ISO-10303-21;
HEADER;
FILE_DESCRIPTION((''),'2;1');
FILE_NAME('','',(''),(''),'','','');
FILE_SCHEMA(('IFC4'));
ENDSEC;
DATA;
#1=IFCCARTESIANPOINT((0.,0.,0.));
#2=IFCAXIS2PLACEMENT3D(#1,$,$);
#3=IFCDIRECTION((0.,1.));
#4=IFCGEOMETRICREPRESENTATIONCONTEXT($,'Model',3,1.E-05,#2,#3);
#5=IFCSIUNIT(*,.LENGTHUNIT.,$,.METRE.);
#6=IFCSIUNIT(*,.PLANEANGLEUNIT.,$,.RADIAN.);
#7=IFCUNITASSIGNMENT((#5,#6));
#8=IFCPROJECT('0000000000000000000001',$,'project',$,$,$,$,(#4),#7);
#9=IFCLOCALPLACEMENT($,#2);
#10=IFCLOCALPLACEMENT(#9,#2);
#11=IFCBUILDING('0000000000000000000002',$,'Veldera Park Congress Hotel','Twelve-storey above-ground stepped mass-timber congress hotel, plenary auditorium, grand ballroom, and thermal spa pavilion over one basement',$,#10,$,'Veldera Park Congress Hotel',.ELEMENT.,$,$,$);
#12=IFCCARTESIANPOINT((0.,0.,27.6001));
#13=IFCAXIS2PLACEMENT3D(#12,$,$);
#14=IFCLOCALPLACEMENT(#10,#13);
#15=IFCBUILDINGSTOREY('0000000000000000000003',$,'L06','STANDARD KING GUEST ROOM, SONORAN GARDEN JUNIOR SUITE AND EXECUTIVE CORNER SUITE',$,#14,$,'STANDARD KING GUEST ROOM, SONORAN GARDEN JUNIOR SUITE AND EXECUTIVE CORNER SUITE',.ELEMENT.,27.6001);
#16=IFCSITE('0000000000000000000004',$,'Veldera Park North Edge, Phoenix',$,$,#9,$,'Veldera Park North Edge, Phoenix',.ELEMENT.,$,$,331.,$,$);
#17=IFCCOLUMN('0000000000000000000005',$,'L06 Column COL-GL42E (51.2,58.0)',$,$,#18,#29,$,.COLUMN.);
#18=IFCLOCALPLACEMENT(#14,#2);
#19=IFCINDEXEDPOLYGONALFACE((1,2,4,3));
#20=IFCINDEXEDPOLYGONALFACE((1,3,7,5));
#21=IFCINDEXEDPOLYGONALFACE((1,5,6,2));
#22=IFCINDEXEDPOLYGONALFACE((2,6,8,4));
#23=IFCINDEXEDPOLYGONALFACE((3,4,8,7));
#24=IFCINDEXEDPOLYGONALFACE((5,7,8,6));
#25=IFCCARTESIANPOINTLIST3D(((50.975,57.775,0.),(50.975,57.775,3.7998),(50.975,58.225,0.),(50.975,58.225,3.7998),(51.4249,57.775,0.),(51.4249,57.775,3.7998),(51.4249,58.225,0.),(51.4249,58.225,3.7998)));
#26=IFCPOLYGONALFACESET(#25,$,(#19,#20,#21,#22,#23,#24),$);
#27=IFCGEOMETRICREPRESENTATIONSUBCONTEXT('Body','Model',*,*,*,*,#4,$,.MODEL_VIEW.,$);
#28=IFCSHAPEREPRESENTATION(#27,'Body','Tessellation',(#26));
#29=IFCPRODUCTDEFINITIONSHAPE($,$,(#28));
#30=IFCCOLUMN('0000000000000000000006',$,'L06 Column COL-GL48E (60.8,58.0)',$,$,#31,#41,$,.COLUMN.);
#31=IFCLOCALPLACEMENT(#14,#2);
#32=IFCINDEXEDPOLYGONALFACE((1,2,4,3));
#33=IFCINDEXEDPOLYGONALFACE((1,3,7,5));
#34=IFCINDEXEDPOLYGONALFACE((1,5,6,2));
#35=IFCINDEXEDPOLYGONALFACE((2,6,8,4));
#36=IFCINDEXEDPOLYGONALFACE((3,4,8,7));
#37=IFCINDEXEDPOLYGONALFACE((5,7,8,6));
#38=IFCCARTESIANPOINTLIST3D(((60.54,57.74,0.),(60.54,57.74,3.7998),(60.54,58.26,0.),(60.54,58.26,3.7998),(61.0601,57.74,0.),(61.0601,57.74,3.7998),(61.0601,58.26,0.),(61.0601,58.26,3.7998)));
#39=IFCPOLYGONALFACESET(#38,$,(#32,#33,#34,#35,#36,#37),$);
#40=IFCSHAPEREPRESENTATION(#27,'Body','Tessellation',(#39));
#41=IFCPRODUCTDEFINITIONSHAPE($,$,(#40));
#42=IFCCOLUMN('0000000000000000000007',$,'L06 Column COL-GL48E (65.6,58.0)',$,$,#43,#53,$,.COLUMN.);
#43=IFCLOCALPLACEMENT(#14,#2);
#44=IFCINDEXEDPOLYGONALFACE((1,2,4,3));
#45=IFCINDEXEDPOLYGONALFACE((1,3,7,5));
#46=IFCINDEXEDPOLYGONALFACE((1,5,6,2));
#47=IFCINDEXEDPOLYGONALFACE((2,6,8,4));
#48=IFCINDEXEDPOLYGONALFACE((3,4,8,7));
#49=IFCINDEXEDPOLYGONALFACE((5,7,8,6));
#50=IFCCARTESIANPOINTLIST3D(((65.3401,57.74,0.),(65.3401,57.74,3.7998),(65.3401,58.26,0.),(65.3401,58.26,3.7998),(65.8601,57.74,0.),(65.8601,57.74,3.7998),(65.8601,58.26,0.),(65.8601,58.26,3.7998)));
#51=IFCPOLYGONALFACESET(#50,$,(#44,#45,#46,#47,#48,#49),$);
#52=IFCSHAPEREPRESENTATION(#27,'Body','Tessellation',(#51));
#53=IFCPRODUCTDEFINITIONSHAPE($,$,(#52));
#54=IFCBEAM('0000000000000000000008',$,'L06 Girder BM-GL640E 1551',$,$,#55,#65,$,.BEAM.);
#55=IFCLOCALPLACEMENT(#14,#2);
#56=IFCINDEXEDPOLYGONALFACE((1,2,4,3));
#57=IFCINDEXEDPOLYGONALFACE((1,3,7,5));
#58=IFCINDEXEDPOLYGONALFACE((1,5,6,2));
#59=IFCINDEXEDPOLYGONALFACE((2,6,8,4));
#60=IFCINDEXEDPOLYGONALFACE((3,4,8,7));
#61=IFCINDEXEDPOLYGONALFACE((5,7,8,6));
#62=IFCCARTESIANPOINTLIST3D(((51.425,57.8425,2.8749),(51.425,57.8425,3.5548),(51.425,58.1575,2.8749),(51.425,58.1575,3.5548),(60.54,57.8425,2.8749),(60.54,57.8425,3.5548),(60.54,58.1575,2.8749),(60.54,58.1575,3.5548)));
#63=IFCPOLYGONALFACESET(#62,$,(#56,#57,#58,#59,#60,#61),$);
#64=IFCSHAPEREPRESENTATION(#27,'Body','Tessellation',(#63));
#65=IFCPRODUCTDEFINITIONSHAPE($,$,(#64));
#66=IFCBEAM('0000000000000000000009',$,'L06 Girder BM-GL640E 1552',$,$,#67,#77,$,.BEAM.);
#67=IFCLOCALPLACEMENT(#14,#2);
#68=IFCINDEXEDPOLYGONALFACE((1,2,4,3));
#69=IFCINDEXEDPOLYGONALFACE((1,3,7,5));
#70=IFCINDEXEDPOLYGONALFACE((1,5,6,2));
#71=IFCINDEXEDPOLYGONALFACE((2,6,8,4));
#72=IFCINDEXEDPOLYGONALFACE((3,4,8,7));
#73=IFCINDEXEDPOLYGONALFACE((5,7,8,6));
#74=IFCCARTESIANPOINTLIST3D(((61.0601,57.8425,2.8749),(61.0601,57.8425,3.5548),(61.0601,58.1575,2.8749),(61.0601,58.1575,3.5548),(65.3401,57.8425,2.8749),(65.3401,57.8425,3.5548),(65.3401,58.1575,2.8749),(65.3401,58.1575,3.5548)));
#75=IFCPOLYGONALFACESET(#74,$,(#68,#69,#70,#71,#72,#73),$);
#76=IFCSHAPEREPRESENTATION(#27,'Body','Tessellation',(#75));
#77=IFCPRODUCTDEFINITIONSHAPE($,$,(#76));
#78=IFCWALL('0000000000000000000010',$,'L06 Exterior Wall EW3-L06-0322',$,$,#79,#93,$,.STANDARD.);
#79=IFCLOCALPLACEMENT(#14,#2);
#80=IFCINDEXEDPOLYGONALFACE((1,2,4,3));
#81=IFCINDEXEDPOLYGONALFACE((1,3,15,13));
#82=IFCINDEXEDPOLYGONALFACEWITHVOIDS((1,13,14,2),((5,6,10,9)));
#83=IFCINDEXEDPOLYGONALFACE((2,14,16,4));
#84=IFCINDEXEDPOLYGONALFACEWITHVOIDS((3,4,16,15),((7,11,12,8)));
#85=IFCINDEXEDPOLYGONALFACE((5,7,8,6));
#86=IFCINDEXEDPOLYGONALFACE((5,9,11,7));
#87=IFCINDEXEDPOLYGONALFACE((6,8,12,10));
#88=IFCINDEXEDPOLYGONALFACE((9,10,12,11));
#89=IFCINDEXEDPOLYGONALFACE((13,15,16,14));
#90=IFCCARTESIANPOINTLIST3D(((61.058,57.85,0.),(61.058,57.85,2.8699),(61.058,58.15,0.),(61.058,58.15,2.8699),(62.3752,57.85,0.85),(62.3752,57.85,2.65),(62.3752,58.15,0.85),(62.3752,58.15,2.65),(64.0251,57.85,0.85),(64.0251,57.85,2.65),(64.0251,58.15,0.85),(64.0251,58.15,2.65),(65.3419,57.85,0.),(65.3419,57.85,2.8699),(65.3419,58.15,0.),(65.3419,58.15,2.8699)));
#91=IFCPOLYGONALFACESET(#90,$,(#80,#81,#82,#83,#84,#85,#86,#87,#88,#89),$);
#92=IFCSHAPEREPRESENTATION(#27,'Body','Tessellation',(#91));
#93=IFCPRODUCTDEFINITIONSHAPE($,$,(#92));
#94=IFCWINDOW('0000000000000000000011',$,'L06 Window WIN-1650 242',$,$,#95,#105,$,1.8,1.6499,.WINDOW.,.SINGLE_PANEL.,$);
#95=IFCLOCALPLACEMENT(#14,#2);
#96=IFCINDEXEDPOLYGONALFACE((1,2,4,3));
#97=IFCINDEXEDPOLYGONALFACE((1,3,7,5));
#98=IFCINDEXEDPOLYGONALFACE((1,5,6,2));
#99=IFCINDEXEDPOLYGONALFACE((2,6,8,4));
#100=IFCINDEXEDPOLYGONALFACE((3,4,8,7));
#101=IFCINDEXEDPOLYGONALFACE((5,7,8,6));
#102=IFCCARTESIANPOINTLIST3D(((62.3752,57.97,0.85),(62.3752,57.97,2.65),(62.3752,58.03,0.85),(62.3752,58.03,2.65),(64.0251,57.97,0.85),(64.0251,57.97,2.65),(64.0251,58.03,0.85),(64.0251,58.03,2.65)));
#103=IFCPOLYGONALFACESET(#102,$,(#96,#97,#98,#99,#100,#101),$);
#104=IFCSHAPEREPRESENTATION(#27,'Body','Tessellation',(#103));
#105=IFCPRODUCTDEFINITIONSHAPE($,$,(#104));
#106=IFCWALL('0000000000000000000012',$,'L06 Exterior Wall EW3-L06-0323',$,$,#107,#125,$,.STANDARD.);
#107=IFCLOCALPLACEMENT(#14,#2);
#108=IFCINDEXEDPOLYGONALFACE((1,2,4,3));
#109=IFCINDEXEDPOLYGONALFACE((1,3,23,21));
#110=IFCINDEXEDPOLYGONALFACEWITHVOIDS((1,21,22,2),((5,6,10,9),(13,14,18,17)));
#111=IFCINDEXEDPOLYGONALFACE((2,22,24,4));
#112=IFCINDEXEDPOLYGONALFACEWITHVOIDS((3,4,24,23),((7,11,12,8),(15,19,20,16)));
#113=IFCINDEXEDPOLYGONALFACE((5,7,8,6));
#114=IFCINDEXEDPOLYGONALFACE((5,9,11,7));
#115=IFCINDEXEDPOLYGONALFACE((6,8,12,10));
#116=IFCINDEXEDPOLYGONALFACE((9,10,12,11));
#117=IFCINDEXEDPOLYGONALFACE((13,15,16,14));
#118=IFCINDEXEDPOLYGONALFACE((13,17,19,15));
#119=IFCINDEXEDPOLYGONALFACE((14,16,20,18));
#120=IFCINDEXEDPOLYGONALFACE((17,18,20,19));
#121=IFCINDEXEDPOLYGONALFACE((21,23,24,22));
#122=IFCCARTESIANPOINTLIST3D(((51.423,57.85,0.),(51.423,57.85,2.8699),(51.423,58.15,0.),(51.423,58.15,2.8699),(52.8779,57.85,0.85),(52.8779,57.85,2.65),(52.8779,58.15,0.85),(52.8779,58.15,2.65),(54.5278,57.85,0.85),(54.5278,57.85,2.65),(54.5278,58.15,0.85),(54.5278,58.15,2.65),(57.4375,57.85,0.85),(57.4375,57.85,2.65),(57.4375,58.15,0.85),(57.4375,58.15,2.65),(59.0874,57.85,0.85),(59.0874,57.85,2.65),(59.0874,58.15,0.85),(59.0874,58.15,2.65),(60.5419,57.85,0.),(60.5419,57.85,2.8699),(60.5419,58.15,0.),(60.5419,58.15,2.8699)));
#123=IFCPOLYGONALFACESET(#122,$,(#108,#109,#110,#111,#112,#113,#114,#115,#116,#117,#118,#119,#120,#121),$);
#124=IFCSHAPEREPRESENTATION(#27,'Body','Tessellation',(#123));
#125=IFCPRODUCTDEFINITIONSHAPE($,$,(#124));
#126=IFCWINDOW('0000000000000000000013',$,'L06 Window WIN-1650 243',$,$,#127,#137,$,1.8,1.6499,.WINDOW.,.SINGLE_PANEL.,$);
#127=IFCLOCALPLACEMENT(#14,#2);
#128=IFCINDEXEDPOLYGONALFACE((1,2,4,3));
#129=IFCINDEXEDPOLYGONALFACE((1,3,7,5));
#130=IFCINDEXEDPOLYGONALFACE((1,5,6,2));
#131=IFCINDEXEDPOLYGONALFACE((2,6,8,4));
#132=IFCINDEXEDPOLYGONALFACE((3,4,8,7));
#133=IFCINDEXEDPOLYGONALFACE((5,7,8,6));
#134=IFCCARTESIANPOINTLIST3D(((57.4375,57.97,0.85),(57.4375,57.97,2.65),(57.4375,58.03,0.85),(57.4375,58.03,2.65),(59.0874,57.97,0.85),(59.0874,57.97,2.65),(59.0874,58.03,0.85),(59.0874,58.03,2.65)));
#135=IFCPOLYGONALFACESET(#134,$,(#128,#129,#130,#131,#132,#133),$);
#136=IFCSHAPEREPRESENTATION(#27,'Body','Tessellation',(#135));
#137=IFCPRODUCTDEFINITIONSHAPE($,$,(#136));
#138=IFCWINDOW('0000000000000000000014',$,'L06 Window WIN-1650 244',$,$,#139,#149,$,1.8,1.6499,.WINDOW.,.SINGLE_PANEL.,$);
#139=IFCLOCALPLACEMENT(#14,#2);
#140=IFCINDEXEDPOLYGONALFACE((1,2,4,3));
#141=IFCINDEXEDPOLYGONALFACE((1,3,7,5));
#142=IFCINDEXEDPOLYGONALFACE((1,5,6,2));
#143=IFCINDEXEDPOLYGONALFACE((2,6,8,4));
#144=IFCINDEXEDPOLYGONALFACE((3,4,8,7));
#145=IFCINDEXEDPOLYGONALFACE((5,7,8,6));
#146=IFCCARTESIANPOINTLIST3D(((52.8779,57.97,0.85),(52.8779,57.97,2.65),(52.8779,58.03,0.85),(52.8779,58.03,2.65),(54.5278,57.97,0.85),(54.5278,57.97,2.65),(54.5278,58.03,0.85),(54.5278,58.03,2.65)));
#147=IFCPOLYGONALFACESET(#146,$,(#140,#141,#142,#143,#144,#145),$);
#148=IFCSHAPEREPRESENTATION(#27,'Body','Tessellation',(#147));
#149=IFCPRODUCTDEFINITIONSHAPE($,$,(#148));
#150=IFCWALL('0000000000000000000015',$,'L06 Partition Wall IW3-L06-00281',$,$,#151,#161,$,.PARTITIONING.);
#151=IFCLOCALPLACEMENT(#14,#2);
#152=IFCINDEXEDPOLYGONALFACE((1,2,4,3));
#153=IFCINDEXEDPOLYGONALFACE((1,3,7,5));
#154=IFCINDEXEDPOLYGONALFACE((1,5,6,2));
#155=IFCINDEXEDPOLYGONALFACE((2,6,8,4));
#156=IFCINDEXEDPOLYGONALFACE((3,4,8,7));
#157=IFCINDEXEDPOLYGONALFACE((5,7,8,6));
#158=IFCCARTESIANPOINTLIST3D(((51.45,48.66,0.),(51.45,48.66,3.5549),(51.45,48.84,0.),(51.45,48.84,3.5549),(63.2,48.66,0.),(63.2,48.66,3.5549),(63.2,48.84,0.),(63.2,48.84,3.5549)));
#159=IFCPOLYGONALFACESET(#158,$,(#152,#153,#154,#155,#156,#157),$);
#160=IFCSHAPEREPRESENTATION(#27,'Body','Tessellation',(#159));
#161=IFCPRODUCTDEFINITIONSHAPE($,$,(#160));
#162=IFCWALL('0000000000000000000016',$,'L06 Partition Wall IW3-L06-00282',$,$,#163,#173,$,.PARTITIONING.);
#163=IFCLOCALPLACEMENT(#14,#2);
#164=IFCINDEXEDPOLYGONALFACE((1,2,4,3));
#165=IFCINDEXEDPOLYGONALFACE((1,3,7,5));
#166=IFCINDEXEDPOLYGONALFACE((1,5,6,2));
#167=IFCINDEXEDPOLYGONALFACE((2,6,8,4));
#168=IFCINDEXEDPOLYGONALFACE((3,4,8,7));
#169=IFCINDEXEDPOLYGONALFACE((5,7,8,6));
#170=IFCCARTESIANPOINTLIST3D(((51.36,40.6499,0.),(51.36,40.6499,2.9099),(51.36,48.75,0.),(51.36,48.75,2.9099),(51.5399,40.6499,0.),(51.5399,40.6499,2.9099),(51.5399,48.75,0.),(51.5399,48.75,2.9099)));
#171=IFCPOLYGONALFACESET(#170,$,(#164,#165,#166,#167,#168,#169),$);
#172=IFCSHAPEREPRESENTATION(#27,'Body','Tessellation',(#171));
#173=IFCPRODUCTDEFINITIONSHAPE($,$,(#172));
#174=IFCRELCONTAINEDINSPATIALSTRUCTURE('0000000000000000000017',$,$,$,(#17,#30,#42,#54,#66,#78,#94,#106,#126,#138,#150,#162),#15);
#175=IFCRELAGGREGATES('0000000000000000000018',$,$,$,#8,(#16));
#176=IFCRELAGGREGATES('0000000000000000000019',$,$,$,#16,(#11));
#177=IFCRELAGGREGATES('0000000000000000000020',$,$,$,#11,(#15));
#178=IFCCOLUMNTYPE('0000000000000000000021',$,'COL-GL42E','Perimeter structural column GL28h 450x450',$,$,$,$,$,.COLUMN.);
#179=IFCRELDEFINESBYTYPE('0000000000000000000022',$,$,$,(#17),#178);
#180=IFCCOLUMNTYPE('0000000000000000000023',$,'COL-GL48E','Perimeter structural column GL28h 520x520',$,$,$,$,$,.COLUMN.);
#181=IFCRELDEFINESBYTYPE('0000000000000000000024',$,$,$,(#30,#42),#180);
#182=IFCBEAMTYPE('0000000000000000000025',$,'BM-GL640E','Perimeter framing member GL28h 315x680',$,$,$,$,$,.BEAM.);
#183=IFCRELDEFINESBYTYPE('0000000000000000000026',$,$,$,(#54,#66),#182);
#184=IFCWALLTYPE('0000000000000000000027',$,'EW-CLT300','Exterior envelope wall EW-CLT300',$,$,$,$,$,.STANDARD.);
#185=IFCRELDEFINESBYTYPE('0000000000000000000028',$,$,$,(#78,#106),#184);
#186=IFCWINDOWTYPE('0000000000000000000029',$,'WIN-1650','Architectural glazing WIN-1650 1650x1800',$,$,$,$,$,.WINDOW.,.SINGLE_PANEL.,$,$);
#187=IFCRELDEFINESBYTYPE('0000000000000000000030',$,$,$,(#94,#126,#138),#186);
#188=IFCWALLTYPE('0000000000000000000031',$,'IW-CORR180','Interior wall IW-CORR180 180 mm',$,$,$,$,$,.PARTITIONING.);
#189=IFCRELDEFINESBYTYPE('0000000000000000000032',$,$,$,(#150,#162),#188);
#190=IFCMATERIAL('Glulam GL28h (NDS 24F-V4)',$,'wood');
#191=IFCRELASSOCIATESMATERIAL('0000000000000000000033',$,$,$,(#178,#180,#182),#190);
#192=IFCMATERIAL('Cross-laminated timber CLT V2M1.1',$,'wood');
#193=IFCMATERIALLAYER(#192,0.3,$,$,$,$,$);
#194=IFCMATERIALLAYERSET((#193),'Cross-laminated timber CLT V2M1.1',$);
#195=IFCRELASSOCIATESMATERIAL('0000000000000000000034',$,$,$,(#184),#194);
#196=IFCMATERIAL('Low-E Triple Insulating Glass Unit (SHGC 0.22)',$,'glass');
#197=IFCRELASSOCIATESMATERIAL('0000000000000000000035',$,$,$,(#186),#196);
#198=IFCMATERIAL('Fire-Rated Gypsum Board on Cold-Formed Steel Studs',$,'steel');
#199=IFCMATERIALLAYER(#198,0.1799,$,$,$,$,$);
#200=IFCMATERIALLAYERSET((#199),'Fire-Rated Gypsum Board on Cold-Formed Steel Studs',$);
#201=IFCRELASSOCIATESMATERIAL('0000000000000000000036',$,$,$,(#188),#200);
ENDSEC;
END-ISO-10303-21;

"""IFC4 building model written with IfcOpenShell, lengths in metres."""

from ifc_helpers import new_model, si_unit, direction, frame, frame_2d, origin, origin_2d, place, context, subcontext, project, spatial, rectangle, extrude, material, layer, layer_set, material_profile, profile_set, type_object, element, fill, save


model = new_model("IFC4")

# Units and contexts
model_context = context("Model", 3, precision=1e-05, world=origin(), true_north=direction((0.0, 1.0)))
body_context = subcontext(model_context, "Body", "Model", "MODEL_VIEW")
ifc_project = project(units=[si_unit("LENGTHUNIT", "METRE"), si_unit("PLANEANGLEUNIT", "RADIAN")], contexts=[model_context])

# Site, building, storey
site_placement = place(None, origin())
site = spatial("IfcSite", under=ifc_project, at=site_placement, Name="Veldera Park North Edge, Phoenix", LongName="Veldera Park North Edge, Phoenix", CompositionType="ELEMENT", RefElevation=331.0)
building_placement = place(site_placement, origin())
building = spatial("IfcBuilding", under=site, at=building_placement, Name="Veldera Park Congress Hotel", Description="Twelve-storey above-ground stepped mass-timber congress hotel, plenary auditorium, grand ballroom, and thermal spa pavilion over one basement", LongName="Veldera Park Congress Hotel", CompositionType="ELEMENT")
storey_placement = place(building_placement, frame((0.0, 0.0, 27.6001)))
storey = spatial("IfcBuildingStorey", under=building, at=storey_placement, Name="L06", Description="STANDARD KING GUEST ROOM, SONORAN GARDEN JUNIOR SUITE AND EXECUTIVE CORNER SUITE", LongName="STANDARD KING GUEST ROOM, SONORAN GARDEN JUNIOR SUITE AND EXECUTIVE CORNER SUITE", CompositionType="ELEMENT", Elevation=27.6001)

# Columns
ifc_material_1 = material(Name="Glulam GL28h (NDS 24F-V4)", Category="wood")
ifc_material_profile_1 = material_profile(ifc_material_1, rectangle(XDim=0.45, YDim=0.45, at=origin_2d()), Name="GL28h 450x450")
ifc_profile_set_1 = profile_set([ifc_material_profile_1], Name="Glulam GL28h (NDS 24F-V4)")
column_type_1 = type_object("IfcColumnType", Name="COL-GL42E", Description="Perimeter structural column GL28h 450x450", PredefinedType="COLUMN", material=ifc_profile_set_1)
column_placement = place(storey_placement, frame((51.2, 58.0, 0.0), z_axis=(0.0, 0.0, 1.0), x_axis=(1.0, 0.0, 0.0)))
element("IfcColumn", 1, at=column_placement, inside=storey, type_object=column_type_1, Name="L06 Column COL-GL42E (51.2,58.0)", PredefinedType="COLUMN", context=body_context, shape_type="SweptSolid", body=[
    extrude(rectangle(XDim=0.45, YDim=0.45, at=origin_2d()), origin(), (0.0, 0.0, 1.0), 3.7998),
])
ifc_material_profile_2 = material_profile(ifc_material_1, rectangle(XDim=0.52, YDim=0.52, at=origin_2d()), Name="GL28h 520x520")
ifc_profile_set_2 = profile_set([ifc_material_profile_2], Name="Glulam GL28h (NDS 24F-V4)")
column_type_2 = type_object("IfcColumnType", Name="COL-GL48E", Description="Perimeter structural column GL28h 520x520", PredefinedType="COLUMN", material=ifc_profile_set_2)
for number, where, z_axis, x_axis, name in (
    (2, (60.8, 58.0, 0.0), (0.0, 0.0, 1.0), (1.0, 0.0, 0.0), "L06 Column COL-GL48E (60.8,58.0)"),
    (3, (65.6001, 58.0, 0.0), (0.0, 0.0, 1.0), (1.0, 0.0, 0.0), "L06 Column COL-GL48E (65.6,58.0)"),
):
    element("IfcColumn", number, at=place(storey_placement, frame(where, z_axis=z_axis, x_axis=x_axis)), inside=storey, type_object=column_type_2, Name=name, PredefinedType="COLUMN", context=body_context, shape_type="SweptSolid", body=[
        extrude(rectangle(XDim=0.52, YDim=0.52, at=origin_2d()), origin(), (0.0, 0.0, 1.0), 3.7998),
    ])

# Beams
ifc_material_profile_3 = material_profile(ifc_material_1, rectangle(XDim=0.3149, YDim=0.6799, at=origin_2d()), Name="GL28h 315x680")
ifc_profile_set_3 = profile_set([ifc_material_profile_3], Name="Glulam GL28h (NDS 24F-V4)")
beam_type = type_object("IfcBeamType", Name="BM-GL640E", Description="Perimeter framing member GL28h 315x680", PredefinedType="BEAM", material=ifc_profile_set_3)
beam_1_placement = place(storey_placement, frame((51.425, 58.0, 3.2148), z_axis=(1.0, 0.0, 0.0), x_axis=(0.0, 1.0, 0.0)))
element("IfcBeam", 4, at=beam_1_placement, inside=storey, type_object=beam_type, Name="L06 Girder BM-GL640E 1551", PredefinedType="BEAM", context=body_context, shape_type="SweptSolid", body=[
    extrude(rectangle(XDim=0.3149, YDim=0.6799, at=origin_2d()), origin(), (0.0, 0.0, 1.0), 9.115),
])
beam_2_placement = place(storey_placement, frame((61.0601, 58.0, 3.2148), z_axis=(1.0, 0.0, 0.0), x_axis=(0.0, 1.0, 0.0)))
element("IfcBeam", 5, at=beam_2_placement, inside=storey, type_object=beam_type, Name="L06 Girder BM-GL640E 1552", PredefinedType="BEAM", context=body_context, shape_type="SweptSolid", body=[
    extrude(rectangle(XDim=0.3149, YDim=0.6799, at=origin_2d()), origin(), (0.0, 0.0, 1.0), 4.28),
])

# Wall, opening, window
ifc_material_2 = material(Name="Cross-laminated timber CLT V2M1.1", Category="wood")
ifc_layer_1 = layer(ifc_material_2, 0.3)
ifc_layer_set_1 = layer_set([ifc_layer_1], Name="Cross-laminated timber CLT V2M1.1")
wall_type_1 = type_object("IfcWallType", Name="EW-CLT300", Description="Exterior envelope wall EW-CLT300", PredefinedType="STANDARD", material=ifc_layer_set_1)
wall_1_placement = place(storey_placement, frame((65.342, 58.0, 0.0), z_axis=(0.0, 0.0, 1.0), x_axis=(-1.0, 0.0, 0.0)))
wall_1 = element("IfcWall", 6, at=wall_1_placement, inside=storey, type_object=wall_type_1, Name="L06 Exterior Wall EW3-L06-0322", PredefinedType="STANDARD", context=body_context, shape_type="SweptSolid", body=[
    extrude(rectangle(XDim=4.2839, YDim=0.3, at=frame_2d((2.1421, 0.0))), origin(), (0.0, 0.0, 1.0), 2.8699),
])
opening_1_placement = place(wall_1_placement, frame((1.3169, 0.0, 0.8501)))
opening_1 = element("IfcOpeningElement", 7, at=opening_1_placement, cuts=wall_1, PredefinedType="OPENING", context=body_context, shape_type="SweptSolid", body=[
    extrude(rectangle(XDim=1.6499, YDim=1.8, at=frame_2d((0.825, 0.8999))), frame((0.0, 0.1621, 0.0), z_axis=(0.0, -1.0, 0.0), x_axis=(1.0, 0.0, 0.0)), (0.0, 0.0, 1.0), 0.324),
])
ifc_material_3 = material(Name="Low-E Triple Insulating Glass Unit (SHGC 0.22)", Category="glass")
window_type = type_object("IfcWindowType", Name="WIN-1650", Description="Architectural glazing WIN-1650 1650x1800", PartitioningType="SINGLE_PANEL", PredefinedType="WINDOW", material=ifc_material_3)
window_1_placement = place(opening_1_placement, origin())
window_1 = element("IfcWindow", 8, at=window_1_placement, inside=storey, type_object=window_type, Name="L06 Window WIN-1650 242", OverallHeight=1.8, OverallWidth=1.6499, PartitioningType="SINGLE_PANEL", PredefinedType="WINDOW", context=body_context, shape_type="SweptSolid", body=[
    extrude(rectangle(XDim=1.6499, YDim=1.8, at=frame_2d((0.825, 0.8999))), frame((0.0, 0.03, 0.0), z_axis=(0.0, -1.0, 0.0), x_axis=(1.0, 0.0, 0.0)), (0.0, 0.0, 1.0), 0.0601),
])
fill(opening_1, window_1)

# Wall, openings, windows
wall_2_placement = place(storey_placement, frame((60.542, 58.0, 0.0), z_axis=(0.0, 0.0, 1.0), x_axis=(-1.0, 0.0, 0.0)))
wall_2 = element("IfcWall", 9, at=wall_2_placement, inside=storey, type_object=wall_type_1, Name="L06 Exterior Wall EW3-L06-0323", PredefinedType="STANDARD", context=body_context, shape_type="SweptSolid", body=[
    extrude(rectangle(XDim=9.1189, YDim=0.3, at=frame_2d((4.5596, 0.0))), origin(), (0.0, 0.0, 1.0), 2.8699),
])
opening_2_placement = place(wall_2_placement, frame((1.4546, 0.0, 0.8501)))
opening_2 = element("IfcOpeningElement", 10, at=opening_2_placement, cuts=wall_2, PredefinedType="OPENING", context=body_context, shape_type="SweptSolid", body=[
    extrude(rectangle(XDim=1.6499, YDim=1.8, at=frame_2d((0.825, 0.8999))), frame((0.0, 0.1621, 0.0), z_axis=(0.0, -1.0, 0.0), x_axis=(1.0, 0.0, 0.0)), (0.0, 0.0, 1.0), 0.324),
])
opening_3_placement = place(wall_2_placement, frame((6.0142, 0.0, 0.8501)))
opening_3 = element("IfcOpeningElement", 11, at=opening_3_placement, cuts=wall_2, PredefinedType="OPENING", context=body_context, shape_type="SweptSolid", body=[
    extrude(rectangle(XDim=1.6499, YDim=1.8, at=frame_2d((0.825, 0.8999))), frame((0.0, 0.1621, 0.0), z_axis=(0.0, -1.0, 0.0), x_axis=(1.0, 0.0, 0.0)), (0.0, 0.0, 1.0), 0.324),
])
window_2_placement = place(opening_2_placement, origin())
window_2 = element("IfcWindow", 12, at=window_2_placement, inside=storey, type_object=window_type, Name="L06 Window WIN-1650 243", OverallHeight=1.8, OverallWidth=1.6499, PartitioningType="SINGLE_PANEL", PredefinedType="WINDOW", context=body_context, shape_type="SweptSolid", body=[
    extrude(rectangle(XDim=1.6499, YDim=1.8, at=frame_2d((0.825, 0.8999))), frame((0.0, 0.03, 0.0), z_axis=(0.0, -1.0, 0.0), x_axis=(1.0, 0.0, 0.0)), (0.0, 0.0, 1.0), 0.0601),
])
fill(opening_2, window_2)
window_3_placement = place(opening_3_placement, origin())
window_3 = element("IfcWindow", 13, at=window_3_placement, inside=storey, type_object=window_type, Name="L06 Window WIN-1650 244", OverallHeight=1.8, OverallWidth=1.6499, PartitioningType="SINGLE_PANEL", PredefinedType="WINDOW", context=body_context, shape_type="SweptSolid", body=[
    extrude(rectangle(XDim=1.6499, YDim=1.8, at=frame_2d((0.825, 0.8999))), frame((0.0, 0.03, 0.0), z_axis=(0.0, -1.0, 0.0), x_axis=(1.0, 0.0, 0.0)), (0.0, 0.0, 1.0), 0.0601),
])
fill(opening_3, window_3)

# Walls
ifc_material_4 = material(Name="Fire-Rated Gypsum Board on Cold-Formed Steel Studs", Category="steel")
ifc_layer_2 = layer(ifc_material_4, 0.1799)
ifc_layer_set_2 = layer_set([ifc_layer_2], Name="Fire-Rated Gypsum Board on Cold-Formed Steel Studs")
wall_type_2 = type_object("IfcWallType", Name="IW-CORR180", Description="Interior wall IW-CORR180 180 mm", PredefinedType="PARTITIONING", material=ifc_layer_set_2)
wall_3_placement = place(storey_placement, frame((63.2, 48.75, 0.0), z_axis=(0.0, 0.0, 1.0), x_axis=(-1.0, 0.0, 0.0)))
element("IfcWall", 14, at=wall_3_placement, inside=storey, type_object=wall_type_2, Name="L06 Partition Wall IW3-L06-00281", PredefinedType="PARTITIONING", context=body_context, shape_type="SweptSolid", body=[
    extrude(rectangle(XDim=11.75, YDim=0.1799, at=frame_2d((5.875, 0.0))), origin(), (0.0, 0.0, 1.0), 3.5549),
])
wall_4_placement = place(storey_placement, frame((51.45, 48.75, 0.0), z_axis=(0.0, 0.0, 1.0), x_axis=(0.0, -1.0, 0.0)))
element("IfcWall", 15, at=wall_4_placement, inside=storey, type_object=wall_type_2, Name="L06 Partition Wall IW3-L06-00282", PredefinedType="PARTITIONING", context=body_context, shape_type="SweptSolid", body=[
    extrude(rectangle(XDim=8.1001, YDim=0.1799, at=frame_2d((4.05, 0.0))), origin(), (0.0, 0.0, 1.0), 2.9099),
])

save(model, "model.ifc")
